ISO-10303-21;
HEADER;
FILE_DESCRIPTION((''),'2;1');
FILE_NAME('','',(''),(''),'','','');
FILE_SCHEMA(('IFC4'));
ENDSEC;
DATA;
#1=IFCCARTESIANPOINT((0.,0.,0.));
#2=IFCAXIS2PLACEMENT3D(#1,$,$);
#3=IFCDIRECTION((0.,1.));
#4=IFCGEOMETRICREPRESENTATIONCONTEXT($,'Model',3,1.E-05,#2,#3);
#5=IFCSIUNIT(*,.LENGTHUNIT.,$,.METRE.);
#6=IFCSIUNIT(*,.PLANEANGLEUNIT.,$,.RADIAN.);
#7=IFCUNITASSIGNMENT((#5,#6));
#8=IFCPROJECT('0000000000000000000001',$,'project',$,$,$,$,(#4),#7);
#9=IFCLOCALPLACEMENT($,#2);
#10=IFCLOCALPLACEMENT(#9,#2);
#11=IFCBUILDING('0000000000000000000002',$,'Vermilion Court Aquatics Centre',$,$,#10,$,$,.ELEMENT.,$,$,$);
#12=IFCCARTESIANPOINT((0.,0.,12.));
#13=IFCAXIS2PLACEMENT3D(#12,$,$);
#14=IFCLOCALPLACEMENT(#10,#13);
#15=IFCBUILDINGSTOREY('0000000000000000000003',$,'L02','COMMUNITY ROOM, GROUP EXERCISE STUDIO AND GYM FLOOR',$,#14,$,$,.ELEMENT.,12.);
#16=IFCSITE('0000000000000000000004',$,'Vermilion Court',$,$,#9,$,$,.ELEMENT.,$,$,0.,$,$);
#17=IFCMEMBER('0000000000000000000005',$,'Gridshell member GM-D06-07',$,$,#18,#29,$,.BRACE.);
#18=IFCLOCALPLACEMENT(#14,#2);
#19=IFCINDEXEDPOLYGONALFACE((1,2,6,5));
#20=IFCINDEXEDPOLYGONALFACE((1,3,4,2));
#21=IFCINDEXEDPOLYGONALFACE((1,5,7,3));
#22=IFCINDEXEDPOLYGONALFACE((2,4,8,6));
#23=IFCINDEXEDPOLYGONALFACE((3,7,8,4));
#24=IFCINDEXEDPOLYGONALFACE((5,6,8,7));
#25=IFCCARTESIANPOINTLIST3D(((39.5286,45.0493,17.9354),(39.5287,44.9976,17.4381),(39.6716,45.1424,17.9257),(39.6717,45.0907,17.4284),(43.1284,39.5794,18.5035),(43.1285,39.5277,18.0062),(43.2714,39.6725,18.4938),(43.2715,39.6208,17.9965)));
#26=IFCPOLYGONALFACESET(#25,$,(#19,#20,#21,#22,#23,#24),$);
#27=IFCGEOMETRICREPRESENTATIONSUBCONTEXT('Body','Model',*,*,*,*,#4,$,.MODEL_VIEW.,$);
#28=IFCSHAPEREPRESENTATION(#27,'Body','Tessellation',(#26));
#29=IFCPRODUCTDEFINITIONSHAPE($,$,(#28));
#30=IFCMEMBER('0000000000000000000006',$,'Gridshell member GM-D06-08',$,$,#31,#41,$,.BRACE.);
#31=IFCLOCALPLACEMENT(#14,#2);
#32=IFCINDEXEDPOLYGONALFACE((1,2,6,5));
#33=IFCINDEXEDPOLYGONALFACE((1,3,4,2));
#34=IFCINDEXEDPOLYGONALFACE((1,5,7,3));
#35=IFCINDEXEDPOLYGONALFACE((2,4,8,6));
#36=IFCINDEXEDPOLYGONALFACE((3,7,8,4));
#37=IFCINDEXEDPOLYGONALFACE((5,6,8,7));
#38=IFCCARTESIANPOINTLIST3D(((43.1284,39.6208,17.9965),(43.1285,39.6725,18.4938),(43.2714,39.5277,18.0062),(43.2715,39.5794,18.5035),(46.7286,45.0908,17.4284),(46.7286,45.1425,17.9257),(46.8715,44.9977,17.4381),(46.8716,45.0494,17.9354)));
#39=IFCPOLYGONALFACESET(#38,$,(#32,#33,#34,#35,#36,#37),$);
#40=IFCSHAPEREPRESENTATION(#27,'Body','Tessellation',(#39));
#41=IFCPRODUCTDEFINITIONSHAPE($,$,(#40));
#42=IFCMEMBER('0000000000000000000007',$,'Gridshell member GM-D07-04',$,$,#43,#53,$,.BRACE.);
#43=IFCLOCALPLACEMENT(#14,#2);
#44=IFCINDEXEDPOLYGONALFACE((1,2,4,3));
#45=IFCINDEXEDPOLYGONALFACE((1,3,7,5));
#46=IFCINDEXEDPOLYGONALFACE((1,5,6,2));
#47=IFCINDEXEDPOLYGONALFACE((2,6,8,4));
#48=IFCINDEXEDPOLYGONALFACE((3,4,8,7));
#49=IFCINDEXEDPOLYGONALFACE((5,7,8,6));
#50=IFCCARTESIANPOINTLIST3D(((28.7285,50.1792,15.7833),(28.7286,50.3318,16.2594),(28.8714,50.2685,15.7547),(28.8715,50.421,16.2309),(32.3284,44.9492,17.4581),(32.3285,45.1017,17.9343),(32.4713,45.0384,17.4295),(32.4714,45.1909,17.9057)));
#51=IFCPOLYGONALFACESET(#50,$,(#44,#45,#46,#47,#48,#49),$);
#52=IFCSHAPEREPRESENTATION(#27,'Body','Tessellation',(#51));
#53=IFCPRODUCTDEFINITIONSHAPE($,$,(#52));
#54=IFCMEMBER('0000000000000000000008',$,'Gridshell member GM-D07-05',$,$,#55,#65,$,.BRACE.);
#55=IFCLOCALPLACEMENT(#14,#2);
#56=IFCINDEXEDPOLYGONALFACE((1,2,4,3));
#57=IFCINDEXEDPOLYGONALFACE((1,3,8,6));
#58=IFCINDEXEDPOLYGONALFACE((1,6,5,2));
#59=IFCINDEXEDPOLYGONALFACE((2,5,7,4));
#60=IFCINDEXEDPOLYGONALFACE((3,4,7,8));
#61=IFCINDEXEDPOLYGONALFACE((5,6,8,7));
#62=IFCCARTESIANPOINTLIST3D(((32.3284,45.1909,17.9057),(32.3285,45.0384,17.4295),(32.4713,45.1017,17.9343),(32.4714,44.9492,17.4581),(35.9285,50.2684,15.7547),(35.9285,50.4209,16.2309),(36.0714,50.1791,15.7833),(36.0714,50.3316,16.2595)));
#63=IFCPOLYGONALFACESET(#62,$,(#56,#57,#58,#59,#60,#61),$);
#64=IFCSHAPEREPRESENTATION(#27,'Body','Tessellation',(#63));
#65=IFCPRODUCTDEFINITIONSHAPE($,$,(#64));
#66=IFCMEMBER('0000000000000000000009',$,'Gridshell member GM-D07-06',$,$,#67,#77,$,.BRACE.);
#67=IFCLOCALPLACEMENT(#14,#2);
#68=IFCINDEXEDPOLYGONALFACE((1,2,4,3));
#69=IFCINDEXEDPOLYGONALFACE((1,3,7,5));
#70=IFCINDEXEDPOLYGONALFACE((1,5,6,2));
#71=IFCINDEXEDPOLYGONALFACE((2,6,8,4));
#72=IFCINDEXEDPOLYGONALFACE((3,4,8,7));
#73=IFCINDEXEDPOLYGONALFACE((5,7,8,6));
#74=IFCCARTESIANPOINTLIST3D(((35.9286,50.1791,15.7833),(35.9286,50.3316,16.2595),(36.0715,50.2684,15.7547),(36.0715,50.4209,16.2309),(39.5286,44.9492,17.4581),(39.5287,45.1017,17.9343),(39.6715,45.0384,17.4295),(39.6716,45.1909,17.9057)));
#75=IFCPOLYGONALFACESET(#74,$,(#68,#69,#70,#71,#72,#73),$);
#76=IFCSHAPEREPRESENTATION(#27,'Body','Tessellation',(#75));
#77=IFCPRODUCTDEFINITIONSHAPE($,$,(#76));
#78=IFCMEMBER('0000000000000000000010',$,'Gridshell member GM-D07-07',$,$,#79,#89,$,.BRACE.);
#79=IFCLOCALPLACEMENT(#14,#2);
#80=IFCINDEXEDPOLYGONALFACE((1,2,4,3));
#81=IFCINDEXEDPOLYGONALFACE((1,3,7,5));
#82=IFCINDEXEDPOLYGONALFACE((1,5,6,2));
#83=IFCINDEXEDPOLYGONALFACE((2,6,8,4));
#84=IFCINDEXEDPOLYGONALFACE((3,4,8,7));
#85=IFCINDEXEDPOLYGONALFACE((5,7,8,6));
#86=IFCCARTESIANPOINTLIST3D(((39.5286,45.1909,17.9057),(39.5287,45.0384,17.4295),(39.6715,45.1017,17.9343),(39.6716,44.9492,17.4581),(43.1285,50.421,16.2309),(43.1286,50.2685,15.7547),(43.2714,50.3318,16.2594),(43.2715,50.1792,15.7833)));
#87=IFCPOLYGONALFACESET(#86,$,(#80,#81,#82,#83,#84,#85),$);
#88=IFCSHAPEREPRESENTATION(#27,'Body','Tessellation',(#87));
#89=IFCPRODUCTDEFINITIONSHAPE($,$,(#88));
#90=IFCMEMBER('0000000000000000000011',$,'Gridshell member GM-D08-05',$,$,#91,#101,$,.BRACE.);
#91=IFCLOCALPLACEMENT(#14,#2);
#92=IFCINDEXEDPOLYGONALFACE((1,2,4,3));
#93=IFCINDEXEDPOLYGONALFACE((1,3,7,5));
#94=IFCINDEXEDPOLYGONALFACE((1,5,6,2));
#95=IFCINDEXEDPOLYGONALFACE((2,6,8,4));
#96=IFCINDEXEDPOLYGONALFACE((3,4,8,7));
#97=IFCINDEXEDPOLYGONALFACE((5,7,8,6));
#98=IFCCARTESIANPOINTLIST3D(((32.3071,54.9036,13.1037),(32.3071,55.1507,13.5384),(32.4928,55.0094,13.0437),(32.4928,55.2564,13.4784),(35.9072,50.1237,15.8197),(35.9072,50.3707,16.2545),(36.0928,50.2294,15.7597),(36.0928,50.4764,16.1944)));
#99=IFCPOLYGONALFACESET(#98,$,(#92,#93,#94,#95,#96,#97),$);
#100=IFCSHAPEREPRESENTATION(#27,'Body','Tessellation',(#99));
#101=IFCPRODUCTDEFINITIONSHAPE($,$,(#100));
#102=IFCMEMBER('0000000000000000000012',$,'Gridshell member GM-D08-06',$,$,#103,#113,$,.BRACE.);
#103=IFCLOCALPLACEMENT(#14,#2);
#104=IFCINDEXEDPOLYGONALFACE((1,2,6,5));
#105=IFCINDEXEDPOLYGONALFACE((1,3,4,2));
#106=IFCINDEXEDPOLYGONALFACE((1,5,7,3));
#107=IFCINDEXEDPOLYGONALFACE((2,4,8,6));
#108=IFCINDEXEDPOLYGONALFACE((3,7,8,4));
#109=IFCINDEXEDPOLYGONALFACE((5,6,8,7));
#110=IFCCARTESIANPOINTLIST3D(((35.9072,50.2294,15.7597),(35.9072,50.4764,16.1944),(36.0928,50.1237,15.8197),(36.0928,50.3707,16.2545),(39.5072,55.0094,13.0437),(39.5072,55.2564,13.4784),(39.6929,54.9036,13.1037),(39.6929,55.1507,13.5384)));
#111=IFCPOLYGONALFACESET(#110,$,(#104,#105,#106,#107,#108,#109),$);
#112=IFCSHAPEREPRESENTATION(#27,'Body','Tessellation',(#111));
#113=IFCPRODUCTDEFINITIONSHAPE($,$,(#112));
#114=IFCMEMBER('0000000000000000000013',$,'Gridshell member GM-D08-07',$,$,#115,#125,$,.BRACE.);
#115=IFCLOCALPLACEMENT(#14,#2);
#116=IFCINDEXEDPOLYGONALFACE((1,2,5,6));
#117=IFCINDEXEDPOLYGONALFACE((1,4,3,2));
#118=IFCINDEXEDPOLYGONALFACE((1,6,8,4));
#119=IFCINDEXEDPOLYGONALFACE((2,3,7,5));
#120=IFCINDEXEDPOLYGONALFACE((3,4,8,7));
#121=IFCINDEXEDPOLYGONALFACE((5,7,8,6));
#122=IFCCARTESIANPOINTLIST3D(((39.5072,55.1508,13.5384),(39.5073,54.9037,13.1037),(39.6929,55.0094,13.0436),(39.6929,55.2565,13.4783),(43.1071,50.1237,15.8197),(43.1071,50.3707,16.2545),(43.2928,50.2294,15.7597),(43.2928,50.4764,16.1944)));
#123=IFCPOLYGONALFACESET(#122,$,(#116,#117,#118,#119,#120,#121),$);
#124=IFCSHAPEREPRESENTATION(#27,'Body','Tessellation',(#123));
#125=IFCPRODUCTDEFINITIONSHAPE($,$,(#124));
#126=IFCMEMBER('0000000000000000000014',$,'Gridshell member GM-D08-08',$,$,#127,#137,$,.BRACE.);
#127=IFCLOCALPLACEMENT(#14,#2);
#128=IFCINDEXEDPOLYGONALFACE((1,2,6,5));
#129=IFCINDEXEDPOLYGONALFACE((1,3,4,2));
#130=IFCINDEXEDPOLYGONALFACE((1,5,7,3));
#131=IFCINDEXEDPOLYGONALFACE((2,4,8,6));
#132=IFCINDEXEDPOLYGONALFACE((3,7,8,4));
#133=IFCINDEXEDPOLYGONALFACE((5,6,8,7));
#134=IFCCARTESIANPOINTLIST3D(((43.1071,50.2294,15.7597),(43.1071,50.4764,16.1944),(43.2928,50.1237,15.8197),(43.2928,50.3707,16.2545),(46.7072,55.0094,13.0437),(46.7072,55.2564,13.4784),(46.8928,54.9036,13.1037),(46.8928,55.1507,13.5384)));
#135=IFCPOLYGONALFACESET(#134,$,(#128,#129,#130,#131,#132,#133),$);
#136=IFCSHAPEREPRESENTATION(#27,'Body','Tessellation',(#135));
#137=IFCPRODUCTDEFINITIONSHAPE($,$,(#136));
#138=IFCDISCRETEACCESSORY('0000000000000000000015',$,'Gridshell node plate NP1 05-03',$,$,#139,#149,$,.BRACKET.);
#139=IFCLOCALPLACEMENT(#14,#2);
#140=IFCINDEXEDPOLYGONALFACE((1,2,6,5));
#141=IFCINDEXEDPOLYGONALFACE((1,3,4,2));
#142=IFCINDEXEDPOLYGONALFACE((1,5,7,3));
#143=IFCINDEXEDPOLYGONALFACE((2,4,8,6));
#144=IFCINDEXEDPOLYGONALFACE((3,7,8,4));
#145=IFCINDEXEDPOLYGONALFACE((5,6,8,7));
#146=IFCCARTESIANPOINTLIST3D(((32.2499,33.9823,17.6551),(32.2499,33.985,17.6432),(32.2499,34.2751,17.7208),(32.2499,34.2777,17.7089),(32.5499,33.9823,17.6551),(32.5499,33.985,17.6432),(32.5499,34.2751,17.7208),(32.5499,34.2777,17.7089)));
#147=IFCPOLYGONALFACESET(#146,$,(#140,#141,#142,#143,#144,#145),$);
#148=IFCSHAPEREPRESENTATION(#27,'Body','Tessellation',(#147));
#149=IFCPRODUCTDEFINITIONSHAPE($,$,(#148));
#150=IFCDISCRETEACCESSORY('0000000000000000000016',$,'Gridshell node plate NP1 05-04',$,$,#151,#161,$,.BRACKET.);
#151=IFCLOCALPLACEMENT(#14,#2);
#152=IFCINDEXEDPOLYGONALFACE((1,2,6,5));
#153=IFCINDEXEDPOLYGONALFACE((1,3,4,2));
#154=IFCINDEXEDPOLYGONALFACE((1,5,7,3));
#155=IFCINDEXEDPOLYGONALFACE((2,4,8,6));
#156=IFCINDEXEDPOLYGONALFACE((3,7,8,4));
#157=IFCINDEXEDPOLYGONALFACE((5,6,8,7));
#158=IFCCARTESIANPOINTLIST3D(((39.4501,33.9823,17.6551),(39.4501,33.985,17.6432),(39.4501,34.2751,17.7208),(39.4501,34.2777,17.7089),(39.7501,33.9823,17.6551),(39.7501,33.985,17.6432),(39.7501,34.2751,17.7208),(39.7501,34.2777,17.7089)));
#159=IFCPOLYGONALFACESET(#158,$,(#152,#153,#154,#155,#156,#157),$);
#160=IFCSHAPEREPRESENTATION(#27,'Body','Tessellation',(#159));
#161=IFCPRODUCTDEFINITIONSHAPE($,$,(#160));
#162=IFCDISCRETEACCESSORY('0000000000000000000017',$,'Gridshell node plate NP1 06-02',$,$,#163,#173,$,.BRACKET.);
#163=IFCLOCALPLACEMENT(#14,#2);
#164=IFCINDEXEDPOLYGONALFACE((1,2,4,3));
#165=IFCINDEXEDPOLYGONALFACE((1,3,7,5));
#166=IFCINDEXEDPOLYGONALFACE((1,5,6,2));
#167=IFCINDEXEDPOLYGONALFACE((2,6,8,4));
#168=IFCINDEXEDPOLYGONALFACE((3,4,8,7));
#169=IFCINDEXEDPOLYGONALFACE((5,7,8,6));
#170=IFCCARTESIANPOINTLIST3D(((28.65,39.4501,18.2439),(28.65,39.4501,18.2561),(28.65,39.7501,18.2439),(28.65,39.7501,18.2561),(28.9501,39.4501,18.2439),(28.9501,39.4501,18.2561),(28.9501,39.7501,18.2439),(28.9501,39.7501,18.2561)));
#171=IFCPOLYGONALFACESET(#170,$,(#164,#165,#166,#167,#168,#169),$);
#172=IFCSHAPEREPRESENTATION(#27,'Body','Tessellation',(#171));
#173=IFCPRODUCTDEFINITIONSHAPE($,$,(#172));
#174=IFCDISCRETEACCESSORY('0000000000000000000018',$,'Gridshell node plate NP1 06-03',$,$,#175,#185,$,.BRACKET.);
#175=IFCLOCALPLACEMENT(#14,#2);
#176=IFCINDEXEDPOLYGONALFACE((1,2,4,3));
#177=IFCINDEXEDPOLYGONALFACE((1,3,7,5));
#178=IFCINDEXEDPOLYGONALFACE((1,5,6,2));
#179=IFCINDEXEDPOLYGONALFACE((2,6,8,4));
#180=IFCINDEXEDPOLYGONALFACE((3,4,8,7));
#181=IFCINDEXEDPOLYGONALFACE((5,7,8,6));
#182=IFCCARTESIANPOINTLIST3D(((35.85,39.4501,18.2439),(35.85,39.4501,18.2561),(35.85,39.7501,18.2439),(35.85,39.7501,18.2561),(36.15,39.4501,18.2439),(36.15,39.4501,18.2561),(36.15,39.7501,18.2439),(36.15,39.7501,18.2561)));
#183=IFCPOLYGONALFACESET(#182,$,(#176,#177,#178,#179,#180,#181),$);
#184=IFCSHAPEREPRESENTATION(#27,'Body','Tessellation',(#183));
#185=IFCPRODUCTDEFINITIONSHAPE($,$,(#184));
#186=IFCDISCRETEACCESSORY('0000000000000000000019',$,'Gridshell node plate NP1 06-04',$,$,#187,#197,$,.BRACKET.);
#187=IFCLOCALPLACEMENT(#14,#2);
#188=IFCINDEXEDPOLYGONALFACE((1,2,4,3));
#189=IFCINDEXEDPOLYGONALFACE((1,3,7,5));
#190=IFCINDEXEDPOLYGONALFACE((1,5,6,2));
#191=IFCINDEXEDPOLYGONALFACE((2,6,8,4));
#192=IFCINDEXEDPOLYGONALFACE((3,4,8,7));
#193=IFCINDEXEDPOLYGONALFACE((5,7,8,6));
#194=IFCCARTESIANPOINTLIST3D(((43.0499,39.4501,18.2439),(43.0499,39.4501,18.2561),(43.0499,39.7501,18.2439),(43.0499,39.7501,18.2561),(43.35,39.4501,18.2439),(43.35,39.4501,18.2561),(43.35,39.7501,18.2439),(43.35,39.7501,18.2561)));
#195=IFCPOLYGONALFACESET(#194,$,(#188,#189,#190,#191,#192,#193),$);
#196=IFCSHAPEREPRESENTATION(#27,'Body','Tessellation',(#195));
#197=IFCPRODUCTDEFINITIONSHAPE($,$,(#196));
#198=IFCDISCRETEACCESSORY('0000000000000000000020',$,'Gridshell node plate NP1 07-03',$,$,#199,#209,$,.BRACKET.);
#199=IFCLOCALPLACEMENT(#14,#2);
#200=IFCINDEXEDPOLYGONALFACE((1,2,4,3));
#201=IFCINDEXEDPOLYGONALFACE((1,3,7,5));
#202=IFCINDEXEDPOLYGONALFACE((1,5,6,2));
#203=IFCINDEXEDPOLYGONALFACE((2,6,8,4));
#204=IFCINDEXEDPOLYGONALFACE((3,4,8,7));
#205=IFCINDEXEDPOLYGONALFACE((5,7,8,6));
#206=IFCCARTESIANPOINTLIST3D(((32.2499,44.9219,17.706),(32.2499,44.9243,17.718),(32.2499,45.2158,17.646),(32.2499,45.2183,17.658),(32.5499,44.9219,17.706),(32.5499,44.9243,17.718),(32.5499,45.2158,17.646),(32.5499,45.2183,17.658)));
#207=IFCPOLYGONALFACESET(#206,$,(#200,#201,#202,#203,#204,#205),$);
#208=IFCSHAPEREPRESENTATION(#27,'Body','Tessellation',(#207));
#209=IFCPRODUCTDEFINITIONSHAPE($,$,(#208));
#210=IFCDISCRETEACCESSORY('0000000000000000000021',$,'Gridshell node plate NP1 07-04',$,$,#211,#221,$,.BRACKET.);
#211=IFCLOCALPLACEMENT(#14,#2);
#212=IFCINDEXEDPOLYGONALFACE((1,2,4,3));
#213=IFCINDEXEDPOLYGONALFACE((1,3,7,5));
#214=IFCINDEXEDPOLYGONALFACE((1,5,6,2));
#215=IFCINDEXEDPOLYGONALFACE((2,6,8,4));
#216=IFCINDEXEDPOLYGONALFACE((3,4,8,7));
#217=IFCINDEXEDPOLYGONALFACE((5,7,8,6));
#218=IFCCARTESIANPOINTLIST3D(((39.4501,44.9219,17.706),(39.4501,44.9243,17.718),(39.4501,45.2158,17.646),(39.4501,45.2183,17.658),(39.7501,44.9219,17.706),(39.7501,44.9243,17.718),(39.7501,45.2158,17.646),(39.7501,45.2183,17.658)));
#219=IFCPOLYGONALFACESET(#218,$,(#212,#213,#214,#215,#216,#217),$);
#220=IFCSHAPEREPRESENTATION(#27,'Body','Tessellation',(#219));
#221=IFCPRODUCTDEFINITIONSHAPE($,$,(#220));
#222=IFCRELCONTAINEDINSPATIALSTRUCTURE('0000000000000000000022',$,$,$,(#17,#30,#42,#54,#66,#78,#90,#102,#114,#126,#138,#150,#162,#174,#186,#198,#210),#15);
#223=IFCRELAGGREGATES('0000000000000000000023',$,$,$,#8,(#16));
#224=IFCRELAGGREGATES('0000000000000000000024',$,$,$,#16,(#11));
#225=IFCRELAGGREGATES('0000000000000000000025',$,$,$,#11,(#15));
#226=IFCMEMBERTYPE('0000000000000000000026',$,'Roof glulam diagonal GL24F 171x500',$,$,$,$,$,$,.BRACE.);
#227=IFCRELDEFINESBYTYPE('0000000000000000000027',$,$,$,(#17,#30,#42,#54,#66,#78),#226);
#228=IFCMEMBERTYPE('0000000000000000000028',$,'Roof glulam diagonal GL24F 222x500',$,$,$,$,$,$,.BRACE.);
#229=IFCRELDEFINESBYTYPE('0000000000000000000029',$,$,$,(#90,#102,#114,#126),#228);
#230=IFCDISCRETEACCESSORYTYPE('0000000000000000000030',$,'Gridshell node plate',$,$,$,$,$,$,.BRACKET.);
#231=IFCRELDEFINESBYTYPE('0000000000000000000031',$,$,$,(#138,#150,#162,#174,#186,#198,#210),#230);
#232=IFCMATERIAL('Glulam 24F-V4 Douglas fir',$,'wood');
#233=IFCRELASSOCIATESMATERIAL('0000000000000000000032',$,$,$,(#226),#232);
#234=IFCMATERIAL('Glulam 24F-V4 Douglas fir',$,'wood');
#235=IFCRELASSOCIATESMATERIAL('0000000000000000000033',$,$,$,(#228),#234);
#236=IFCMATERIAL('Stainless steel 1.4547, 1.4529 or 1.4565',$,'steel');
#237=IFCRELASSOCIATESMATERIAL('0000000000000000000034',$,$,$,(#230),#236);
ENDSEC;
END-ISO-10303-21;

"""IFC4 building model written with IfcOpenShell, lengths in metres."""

from ifc_helpers import new_model, si_unit, direction, frame, origin, origin_2d, place, context, subcontext, project, spatial, rectangle, extrude, material, material_profile, profile_set, type_object, element, save


model = new_model("IFC4")

# Units and contexts
model_context = context("Model", 3, precision=1e-05, world=origin(), true_north=direction((0.0, 1.0)))
body_context = subcontext(model_context, "Body", "Model", "MODEL_VIEW")
ifc_project = project(units=[si_unit("LENGTHUNIT", "METRE"), si_unit("PLANEANGLEUNIT", "RADIAN")], contexts=[model_context])

# Site, building, storey
site_placement = place(None, origin())
site = spatial("IfcSite", under=ifc_project, at=site_placement, Name="Vermilion Court", CompositionType="ELEMENT", RefElevation=0.0)
building_placement = place(site_placement, origin())
building = spatial("IfcBuilding", under=site, at=building_placement, Name="Vermilion Court Aquatics Centre", CompositionType="ELEMENT")
storey_placement = place(building_placement, frame((0.0, 0.0, 12.0)))
storey = spatial("IfcBuildingStorey", under=building, at=storey_placement, Name="L02", Description="COMMUNITY ROOM, GROUP EXERCISE STUDIO AND GYM FLOOR", CompositionType="ELEMENT", Elevation=12.0)

# Members
ifc_material_1 = material(Name="Glulam 24F-V4 Douglas fir", Category="wood")
ifc_material_profile_1 = material_profile(ifc_material_1, rectangle(XDim=0.1709, YDim=0.5, at=origin_2d()), Name="GL24F 171x500")
ifc_profile_set_1 = profile_set([ifc_material_profile_1], Name="Glulam 24F-V4 Douglas fir")
member_type_1 = type_object("IfcMemberType", Name="Roof glulam diagonal GL24F 171x500", PredefinedType="BRACE", material=ifc_profile_set_1)
member_1_placement = place(storey_placement, frame((43.2, 39.6001, 18.25), z_axis=(-0.547686, 0.832208, -0.086434), x_axis=(-0.836684, -0.54476, 0.056532)))
element("IfcMember", 1, at=member_1_placement, inside=storey, type_object=member_type_1, Name="Gridshell member GM-D06-07", PredefinedType="BRACE", context=body_context, shape_type="SweptSolid", body=[
    extrude(rectangle(XDim=0.1709, YDim=0.5, at=origin_2d()), origin(), (0.0, 0.0, 1.0), 6.5728),
])
member_2_placement = place(storey_placement, frame((43.2, 39.6001, 18.25), z_axis=(0.547712, 0.832191, -0.086432), x_axis=(-0.836667, 0.544787, -0.056532)))
element("IfcMember", 2, at=member_2_placement, inside=storey, type_object=member_type_1, Name="Gridshell member GM-D06-08", PredefinedType="BRACE", context=body_context, shape_type="SweptSolid", body=[
    extrude(rectangle(XDim=0.1709, YDim=0.5, at=origin_2d()), origin(), (0.0, 0.0, 1.0), 6.573),
])
for number, where, z_axis, x_axis, name in (
    (3, (32.3999, 45.0701, 17.6819), (-0.54823, 0.796485, -0.25506), (-0.836328, -0.522086, 0.167278), "Gridshell member GM-D07-04"),
    (4, (32.3999, 45.0701, 17.6819), (0.548256, 0.796469, -0.255055), (-0.836311, 0.522113, -0.167278), "Gridshell member GM-D07-05"),
    (5, (39.6001, 45.0701, 17.6819), (-0.548256, 0.796469, -0.255055), (-0.836311, -0.522113, 0.167278), "Gridshell member GM-D07-06"),
    (6, (39.6001, 45.0701, 17.6819), (0.54823, 0.796485, -0.25506), (-0.836328, 0.522086, -0.167278), "Gridshell member GM-D07-07"),
):
    element("IfcMember", number, at=place(storey_placement, frame(where, z_axis=z_axis, x_axis=x_axis)), inside=storey, type_object=member_type_1, Name=name, PredefinedType="BRACE", context=body_context, shape_type="SweptSolid", body=[
        extrude(rectangle(XDim=0.1709, YDim=0.5, at=origin_2d()), origin(), (0.0, 0.0, 1.0), 6.5664),
    ])
ifc_material_2 = material(Name="Glulam 24F-V4 Douglas fir", Category="wood")
ifc_material_profile_2 = material_profile(ifc_material_2, rectangle(XDim=0.2219, YDim=0.5, at=origin_2d()), Name="GL24F 222x500")
ifc_profile_set_2 = profile_set([ifc_material_profile_2], Name="Glulam 24F-V4 Douglas fir")
member_type_2 = type_object("IfcMemberType", Name="Roof glulam diagonal GL24F 222x500", PredefinedType="BRACE", material=ifc_profile_set_2)
for number, where, z_axis, x_axis, name in (
    (7, (36.0, 50.3, 16.0071), (-0.547824, 0.727373, -0.413301), (-0.836594, -0.476314, 0.270621), "Gridshell member GM-D08-05"),
    (8, (36.0, 50.3, 16.0071), (0.547824, 0.727373, -0.413301), (-0.836594, 0.476314, -0.270621), "Gridshell member GM-D08-06"),
    (9, (43.2, 50.3, 16.0071), (-0.547798, 0.727388, -0.41331), (-0.836611, -0.476285, 0.27062), "Gridshell member GM-D08-07"),
    (10, (43.2, 50.3, 16.0071), (0.547824, 0.727373, -0.413301), (-0.836594, 0.476314, -0.270621), "Gridshell member GM-D08-08"),
):
    element("IfcMember", number, at=place(storey_placement, frame(where, z_axis=z_axis, x_axis=x_axis)), inside=storey, type_object=member_type_2, Name=name, PredefinedType="BRACE", context=body_context, shape_type="SweptSolid", body=[
        extrude(rectangle(XDim=0.2219, YDim=0.5, at=origin_2d()), origin(), (0.0, 0.0, 1.0), 6.5715),
    ])

# Discrete accessories
ifc_material_3 = material(Name="Stainless steel 1.4547, 1.4529 or 1.4565", Category="steel")
ifc_material_profile_3 = material_profile(ifc_material_3, rectangle(XDim=0.3, YDim=0.3, at=origin_2d()), Name="PL 12 x 300 x 300")
ifc_profile_set_3 = profile_set([ifc_material_profile_3], Name="Stainless steel 1.4547, 1.4529 or 1.4565")
discrete_accessory_type = type_object("IfcDiscreteAccessoryType", Name="Gridshell node plate", PredefinedType="BRACKET", material=ifc_profile_set_3)
for number, where, z_axis, x_axis, name in (
    (11, (32.3999, 34.1313, 17.676), (0.0, -0.219038, 0.975716), (1.0, 0.0, 0.0), "Gridshell node plate NP1 05-03"),
    (12, (39.6001, 34.1313, 17.676), (0.0, -0.219038, 0.975716), (1.0, 0.0, 0.0), "Gridshell node plate NP1 05-04"),
    (13, (28.8, 39.6001, 18.2439), (0.0, 0.0, 1.0), (1.0, 0.0, 0.0), "Gridshell node plate NP1 06-02"),
    (14, (36.0, 39.6001, 18.2439), (0.0, 0.0, 1.0), (1.0, 0.0, 0.0), "Gridshell node plate NP1 06-03"),
    (15, (43.2, 39.6001, 18.2439), (0.0, 0.0, 1.0), (1.0, 0.0, 0.0), "Gridshell node plate NP1 06-04"),
    (16, (32.3999, 45.0688, 17.676), (0.0, 0.19996, 0.979804), (-1.0, 0.0, 0.0), "Gridshell node plate NP1 07-03"),
    (17, (39.6001, 45.0688, 17.676), (0.0, 0.19996, 0.979804), (-1.0, 0.0, 0.0), "Gridshell node plate NP1 07-04"),
):
    element("IfcDiscreteAccessory", number, at=place(storey_placement, frame(where, z_axis=z_axis, x_axis=x_axis)), inside=storey, type_object=discrete_accessory_type, Name=name, PredefinedType="BRACKET", context=body_context, shape_type="SweptSolid", body=[
        extrude(rectangle(XDim=0.3, YDim=0.3, at=origin_2d()), origin(), (0.0, 0.0, 1.0), 0.0122),
    ])

save(model, "model.ifc")
